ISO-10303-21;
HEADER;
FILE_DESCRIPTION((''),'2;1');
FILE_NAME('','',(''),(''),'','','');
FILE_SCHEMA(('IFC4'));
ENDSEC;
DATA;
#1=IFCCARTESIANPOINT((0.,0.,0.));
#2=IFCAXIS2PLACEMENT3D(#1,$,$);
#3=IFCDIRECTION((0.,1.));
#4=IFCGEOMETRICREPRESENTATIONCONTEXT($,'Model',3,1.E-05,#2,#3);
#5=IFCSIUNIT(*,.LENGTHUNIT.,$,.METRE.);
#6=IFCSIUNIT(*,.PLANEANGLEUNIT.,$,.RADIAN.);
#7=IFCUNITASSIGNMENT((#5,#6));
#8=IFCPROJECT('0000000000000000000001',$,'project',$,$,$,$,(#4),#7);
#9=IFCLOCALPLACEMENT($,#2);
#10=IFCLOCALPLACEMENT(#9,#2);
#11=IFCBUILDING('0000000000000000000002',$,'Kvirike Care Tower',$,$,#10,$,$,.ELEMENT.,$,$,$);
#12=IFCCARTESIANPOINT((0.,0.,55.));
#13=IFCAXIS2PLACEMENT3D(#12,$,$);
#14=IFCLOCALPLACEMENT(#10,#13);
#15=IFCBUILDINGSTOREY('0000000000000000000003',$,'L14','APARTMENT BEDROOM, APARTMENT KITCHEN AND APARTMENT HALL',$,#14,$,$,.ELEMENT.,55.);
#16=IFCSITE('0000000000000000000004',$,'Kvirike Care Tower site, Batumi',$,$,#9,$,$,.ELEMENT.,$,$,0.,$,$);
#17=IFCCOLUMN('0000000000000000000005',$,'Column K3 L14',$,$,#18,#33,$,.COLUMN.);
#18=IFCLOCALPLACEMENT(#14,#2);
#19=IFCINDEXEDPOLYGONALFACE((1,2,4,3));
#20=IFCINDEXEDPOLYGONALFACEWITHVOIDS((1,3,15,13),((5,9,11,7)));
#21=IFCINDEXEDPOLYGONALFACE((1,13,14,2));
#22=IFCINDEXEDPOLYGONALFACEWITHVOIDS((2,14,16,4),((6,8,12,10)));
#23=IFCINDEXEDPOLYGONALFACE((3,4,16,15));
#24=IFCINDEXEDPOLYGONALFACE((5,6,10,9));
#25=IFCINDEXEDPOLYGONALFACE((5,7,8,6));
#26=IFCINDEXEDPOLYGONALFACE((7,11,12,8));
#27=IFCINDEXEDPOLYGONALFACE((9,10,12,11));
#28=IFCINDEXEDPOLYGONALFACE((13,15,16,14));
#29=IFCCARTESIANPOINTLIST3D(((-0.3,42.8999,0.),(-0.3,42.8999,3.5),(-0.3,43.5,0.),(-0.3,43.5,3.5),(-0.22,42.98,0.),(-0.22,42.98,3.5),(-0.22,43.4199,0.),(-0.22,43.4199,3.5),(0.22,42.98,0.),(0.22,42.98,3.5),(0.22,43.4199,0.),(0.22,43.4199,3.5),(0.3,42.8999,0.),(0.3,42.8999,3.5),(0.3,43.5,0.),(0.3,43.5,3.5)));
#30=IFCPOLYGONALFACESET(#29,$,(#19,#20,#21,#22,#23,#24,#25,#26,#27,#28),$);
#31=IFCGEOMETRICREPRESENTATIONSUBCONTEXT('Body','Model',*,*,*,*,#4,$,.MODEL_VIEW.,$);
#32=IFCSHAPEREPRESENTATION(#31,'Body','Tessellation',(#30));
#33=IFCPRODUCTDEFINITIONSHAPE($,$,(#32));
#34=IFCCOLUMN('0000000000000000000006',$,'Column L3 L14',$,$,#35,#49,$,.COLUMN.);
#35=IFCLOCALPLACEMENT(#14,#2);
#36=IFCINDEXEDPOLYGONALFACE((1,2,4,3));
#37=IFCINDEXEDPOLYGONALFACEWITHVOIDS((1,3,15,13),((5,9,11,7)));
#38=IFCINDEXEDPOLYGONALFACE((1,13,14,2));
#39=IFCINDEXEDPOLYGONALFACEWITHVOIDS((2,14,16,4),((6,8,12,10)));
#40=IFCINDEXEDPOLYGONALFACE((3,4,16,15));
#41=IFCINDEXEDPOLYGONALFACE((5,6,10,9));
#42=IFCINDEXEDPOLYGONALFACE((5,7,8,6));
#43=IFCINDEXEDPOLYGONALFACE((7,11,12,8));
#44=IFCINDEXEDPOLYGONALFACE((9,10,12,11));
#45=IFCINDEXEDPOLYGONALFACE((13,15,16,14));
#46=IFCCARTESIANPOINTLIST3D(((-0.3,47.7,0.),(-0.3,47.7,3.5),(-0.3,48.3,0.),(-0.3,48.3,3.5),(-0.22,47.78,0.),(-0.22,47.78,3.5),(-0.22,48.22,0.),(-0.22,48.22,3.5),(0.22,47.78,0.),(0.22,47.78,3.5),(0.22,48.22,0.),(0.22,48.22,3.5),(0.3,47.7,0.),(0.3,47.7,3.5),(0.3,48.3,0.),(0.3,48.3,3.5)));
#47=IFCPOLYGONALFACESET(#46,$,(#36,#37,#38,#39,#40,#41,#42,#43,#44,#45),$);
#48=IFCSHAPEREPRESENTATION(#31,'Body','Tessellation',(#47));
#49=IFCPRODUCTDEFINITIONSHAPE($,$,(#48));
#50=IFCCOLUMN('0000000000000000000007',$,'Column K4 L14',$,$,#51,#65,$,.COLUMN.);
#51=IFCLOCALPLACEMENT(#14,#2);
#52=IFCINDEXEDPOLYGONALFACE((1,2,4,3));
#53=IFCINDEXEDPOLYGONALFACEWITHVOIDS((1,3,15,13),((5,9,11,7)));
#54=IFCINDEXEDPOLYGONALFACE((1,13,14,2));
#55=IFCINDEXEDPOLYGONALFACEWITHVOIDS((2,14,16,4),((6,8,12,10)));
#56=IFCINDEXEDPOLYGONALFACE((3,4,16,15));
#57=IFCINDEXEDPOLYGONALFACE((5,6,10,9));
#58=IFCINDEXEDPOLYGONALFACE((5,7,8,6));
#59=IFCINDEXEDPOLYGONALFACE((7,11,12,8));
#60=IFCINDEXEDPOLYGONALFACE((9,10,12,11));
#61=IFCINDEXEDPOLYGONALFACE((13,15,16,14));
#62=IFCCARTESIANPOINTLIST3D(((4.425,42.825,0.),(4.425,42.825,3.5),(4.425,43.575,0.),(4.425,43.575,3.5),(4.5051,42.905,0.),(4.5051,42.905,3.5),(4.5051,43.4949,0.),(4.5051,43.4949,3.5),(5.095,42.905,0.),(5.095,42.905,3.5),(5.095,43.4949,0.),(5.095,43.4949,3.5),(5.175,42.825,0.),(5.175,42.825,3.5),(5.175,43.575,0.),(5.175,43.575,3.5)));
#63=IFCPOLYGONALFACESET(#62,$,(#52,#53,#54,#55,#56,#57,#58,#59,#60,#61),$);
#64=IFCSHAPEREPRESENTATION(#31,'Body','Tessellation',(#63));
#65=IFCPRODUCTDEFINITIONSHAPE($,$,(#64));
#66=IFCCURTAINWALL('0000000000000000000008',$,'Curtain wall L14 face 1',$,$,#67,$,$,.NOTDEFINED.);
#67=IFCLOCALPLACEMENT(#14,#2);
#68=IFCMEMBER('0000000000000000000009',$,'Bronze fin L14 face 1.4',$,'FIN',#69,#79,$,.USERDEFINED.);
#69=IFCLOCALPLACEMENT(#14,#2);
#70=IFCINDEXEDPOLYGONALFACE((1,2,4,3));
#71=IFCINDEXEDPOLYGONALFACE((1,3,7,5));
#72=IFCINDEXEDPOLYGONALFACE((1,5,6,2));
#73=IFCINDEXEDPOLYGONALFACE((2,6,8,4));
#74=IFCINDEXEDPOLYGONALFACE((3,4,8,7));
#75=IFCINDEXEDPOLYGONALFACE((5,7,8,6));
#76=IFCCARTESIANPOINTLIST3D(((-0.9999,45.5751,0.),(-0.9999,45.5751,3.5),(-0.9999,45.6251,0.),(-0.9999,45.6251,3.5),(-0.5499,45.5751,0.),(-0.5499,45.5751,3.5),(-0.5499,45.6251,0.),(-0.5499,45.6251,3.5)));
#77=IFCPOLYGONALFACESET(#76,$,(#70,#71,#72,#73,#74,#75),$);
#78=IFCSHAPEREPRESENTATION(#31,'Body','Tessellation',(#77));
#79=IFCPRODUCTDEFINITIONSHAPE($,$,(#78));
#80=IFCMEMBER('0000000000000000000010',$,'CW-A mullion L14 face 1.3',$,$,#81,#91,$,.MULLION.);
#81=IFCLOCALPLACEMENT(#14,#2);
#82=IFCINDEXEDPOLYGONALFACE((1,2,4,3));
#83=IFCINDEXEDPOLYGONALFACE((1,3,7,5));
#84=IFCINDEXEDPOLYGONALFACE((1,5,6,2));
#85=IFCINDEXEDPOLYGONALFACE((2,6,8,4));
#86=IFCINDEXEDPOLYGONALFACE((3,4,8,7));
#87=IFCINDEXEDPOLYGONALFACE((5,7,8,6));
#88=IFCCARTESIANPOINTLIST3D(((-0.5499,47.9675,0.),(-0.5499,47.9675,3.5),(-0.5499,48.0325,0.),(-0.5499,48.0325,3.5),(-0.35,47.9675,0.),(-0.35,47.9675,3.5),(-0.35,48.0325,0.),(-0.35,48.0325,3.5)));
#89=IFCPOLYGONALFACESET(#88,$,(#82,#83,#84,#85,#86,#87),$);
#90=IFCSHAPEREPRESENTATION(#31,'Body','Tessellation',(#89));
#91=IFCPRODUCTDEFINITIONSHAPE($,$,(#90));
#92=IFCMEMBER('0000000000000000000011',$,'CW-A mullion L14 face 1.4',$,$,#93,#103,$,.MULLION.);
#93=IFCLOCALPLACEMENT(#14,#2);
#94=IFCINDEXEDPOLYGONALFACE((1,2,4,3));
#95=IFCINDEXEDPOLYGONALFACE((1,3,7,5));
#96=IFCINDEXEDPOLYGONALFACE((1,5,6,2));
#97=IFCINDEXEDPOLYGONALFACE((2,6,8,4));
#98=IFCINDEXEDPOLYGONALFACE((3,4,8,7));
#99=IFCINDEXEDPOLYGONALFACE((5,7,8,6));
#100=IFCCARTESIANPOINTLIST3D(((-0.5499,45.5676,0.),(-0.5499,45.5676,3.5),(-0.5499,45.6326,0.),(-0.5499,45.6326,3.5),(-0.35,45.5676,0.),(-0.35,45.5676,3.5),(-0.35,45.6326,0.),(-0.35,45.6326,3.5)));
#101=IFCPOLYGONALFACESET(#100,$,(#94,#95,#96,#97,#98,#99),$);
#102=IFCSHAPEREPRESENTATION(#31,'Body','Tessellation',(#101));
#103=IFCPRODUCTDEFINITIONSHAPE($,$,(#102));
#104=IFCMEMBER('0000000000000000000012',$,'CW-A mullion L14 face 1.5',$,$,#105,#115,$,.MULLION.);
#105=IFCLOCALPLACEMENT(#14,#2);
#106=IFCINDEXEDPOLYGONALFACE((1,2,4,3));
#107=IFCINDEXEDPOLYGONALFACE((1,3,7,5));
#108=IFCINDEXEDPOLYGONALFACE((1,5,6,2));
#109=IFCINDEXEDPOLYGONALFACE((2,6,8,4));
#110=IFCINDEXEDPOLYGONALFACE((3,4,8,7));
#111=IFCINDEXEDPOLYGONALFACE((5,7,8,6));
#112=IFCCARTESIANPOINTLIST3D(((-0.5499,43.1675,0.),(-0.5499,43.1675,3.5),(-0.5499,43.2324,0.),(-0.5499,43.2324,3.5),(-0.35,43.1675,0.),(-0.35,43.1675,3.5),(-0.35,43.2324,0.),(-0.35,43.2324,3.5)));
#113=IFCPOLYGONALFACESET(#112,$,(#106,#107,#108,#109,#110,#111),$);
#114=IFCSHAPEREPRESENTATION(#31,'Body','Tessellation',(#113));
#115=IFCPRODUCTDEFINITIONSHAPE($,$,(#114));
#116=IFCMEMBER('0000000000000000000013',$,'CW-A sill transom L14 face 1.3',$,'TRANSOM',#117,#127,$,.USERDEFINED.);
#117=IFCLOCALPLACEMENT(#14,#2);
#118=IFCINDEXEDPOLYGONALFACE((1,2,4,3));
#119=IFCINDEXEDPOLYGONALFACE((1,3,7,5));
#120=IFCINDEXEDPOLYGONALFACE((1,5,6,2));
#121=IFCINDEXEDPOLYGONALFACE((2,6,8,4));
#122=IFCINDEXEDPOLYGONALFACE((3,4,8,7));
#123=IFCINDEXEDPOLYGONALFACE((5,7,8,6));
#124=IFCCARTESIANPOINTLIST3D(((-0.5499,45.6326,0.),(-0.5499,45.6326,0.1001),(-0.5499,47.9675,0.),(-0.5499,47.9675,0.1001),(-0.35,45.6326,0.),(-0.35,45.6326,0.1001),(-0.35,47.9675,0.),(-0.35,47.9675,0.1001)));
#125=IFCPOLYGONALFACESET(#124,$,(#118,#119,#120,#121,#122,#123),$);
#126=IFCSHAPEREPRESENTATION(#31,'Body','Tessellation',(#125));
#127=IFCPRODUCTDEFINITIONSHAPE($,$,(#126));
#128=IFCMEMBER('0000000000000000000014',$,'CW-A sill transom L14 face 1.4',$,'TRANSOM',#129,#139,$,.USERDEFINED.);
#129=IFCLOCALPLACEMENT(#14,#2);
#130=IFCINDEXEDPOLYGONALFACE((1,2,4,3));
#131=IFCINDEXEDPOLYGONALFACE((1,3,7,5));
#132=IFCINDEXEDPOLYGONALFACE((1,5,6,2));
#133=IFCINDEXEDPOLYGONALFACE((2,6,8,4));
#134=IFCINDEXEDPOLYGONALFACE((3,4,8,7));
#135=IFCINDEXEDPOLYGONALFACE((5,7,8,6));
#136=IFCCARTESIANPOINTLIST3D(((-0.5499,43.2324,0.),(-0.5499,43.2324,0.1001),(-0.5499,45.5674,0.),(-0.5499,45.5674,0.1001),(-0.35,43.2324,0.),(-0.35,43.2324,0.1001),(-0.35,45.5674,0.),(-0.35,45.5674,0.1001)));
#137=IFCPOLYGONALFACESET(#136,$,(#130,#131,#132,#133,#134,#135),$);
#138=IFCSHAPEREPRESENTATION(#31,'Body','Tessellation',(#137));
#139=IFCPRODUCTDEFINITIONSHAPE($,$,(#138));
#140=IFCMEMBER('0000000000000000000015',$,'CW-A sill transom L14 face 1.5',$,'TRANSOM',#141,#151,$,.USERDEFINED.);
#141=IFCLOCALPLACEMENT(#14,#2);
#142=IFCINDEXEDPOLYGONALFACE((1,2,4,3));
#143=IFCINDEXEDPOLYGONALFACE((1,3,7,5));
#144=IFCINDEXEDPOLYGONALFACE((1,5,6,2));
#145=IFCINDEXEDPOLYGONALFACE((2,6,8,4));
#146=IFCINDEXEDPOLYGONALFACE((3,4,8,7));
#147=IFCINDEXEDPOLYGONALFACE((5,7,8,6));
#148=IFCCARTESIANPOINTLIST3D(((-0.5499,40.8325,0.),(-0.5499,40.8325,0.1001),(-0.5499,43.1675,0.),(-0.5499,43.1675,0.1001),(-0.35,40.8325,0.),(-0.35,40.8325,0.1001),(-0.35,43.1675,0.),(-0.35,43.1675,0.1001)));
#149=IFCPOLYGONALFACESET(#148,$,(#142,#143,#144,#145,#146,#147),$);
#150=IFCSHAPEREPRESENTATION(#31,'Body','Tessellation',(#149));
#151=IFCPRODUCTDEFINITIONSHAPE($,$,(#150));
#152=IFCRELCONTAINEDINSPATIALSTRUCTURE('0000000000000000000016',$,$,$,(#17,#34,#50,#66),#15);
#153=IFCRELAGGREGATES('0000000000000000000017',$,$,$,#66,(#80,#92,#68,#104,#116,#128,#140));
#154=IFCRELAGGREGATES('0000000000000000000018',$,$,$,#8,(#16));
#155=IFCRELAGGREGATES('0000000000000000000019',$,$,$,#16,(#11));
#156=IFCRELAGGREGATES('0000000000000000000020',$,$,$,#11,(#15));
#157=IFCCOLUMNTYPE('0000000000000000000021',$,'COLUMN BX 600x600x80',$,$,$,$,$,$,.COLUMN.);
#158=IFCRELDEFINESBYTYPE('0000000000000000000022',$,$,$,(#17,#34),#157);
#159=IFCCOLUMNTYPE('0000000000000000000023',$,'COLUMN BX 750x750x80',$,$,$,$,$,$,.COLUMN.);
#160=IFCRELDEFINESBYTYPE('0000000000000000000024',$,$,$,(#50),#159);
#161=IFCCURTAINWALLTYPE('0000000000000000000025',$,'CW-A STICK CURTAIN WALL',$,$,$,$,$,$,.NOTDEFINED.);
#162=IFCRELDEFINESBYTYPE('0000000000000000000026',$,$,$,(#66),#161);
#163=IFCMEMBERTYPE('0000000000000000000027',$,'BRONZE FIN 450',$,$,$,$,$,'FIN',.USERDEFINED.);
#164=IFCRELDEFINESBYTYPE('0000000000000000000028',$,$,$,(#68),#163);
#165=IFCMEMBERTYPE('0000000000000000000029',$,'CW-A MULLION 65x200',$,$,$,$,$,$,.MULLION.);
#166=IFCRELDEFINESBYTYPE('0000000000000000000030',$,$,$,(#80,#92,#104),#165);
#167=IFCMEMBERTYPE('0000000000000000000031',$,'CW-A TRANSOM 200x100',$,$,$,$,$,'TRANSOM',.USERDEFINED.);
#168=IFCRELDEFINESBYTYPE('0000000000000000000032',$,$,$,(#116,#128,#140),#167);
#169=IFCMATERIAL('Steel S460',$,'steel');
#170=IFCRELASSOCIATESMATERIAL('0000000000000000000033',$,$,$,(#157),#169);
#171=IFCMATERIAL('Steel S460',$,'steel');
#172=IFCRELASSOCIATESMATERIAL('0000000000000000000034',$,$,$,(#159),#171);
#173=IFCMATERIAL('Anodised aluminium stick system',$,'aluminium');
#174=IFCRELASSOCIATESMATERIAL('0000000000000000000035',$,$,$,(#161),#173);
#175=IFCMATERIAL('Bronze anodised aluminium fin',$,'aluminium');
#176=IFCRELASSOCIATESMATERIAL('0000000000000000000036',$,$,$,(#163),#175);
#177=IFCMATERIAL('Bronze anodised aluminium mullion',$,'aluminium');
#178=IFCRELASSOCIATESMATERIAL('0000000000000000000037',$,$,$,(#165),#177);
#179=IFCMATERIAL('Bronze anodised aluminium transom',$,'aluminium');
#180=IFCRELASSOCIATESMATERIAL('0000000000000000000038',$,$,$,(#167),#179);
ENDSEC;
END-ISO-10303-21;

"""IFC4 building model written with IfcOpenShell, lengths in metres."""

from ifc_helpers import new_model, si_unit, direction, frame, origin, origin_2d, place, context, subcontext, project, spatial, rectangle, hollow_rectangle, extrude, material, material_profile, profile_set, type_object, element, aggregate, save


model = new_model("IFC4")

# Units and contexts
model_context = context("Model", 3, precision=1e-05, world=origin(), true_north=direction((0.0, 1.0)))
body_context = subcontext(model_context, "Body", "Model", "MODEL_VIEW")
ifc_project = project(units=[si_unit("LENGTHUNIT", "METRE"), si_unit("PLANEANGLEUNIT", "RADIAN")], contexts=[model_context])

# Site, building, storey
site_placement = place(None, origin())
site = spatial("IfcSite", under=ifc_project, at=site_placement, Name="Kvirike Care Tower site, Batumi", CompositionType="ELEMENT", RefElevation=0.0)
building_placement = place(site_placement, origin())
building = spatial("IfcBuilding", under=site, at=building_placement, Name="Kvirike Care Tower", CompositionType="ELEMENT")
storey_placement = place(building_placement, frame((0.0, 0.0, 55.0)))
storey = spatial("IfcBuildingStorey", under=building, at=storey_placement, Name="L14", Description="APARTMENT BEDROOM, APARTMENT KITCHEN AND APARTMENT HALL", CompositionType="ELEMENT", Elevation=55.0)

# Columns
ifc_material_1 = material(Name="Steel S460", Category="steel")
ifc_material_profile_1 = material_profile(ifc_material_1, hollow_rectangle(XDim=0.6001, YDim=0.6001, WallThickness=0.0801, at=origin_2d()), Name="BX 600x600x80")
ifc_profile_set_1 = profile_set([ifc_material_profile_1], Name="Steel S460")
column_type_1 = type_object("IfcColumnType", Name="COLUMN BX 600x600x80", PredefinedType="COLUMN", material=ifc_profile_set_1)
for number, where, z_axis, x_axis, name in (
    (1, (0.0, 43.2, 0.0), (0.0, 0.0, 1.0), (0.0, 1.0, 0.0), "Column K3 L14"),
    (2, (0.0, 48.0, 0.0), (0.0, 0.0, 1.0), (1.0, 0.0, 0.0), "Column L3 L14"),
):
    element("IfcColumn", number, at=place(storey_placement, frame(where, z_axis=z_axis, x_axis=x_axis)), inside=storey, type_object=column_type_1, Name=name, PredefinedType="COLUMN", context=body_context, shape_type="SweptSolid", body=[
        extrude(hollow_rectangle(XDim=0.6001, YDim=0.6001, WallThickness=0.0801, at=origin_2d()), origin(), (0.0, 0.0, 1.0), 3.5),
    ])
ifc_material_2 = material(Name="Steel S460", Category="steel")
ifc_material_profile_2 = material_profile(ifc_material_2, hollow_rectangle(XDim=0.75, YDim=0.75, WallThickness=0.0801, at=origin_2d()), Name="BX 750x750x80")
ifc_profile_set_2 = profile_set([ifc_material_profile_2], Name="Steel S460")
column_type_2 = type_object("IfcColumnType", Name="COLUMN BX 750x750x80", PredefinedType="COLUMN", material=ifc_profile_set_2)
column_placement = place(storey_placement, frame((4.8, 43.2, 0.0), z_axis=(0.0, 0.0, 1.0), x_axis=(0.0, 1.0, 0.0)))
element("IfcColumn", 3, at=column_placement, inside=storey, type_object=column_type_2, Name="Column K4 L14", PredefinedType="COLUMN", context=body_context, shape_type="SweptSolid", body=[
    extrude(hollow_rectangle(XDim=0.75, YDim=0.75, WallThickness=0.0801, at=origin_2d()), origin(), (0.0, 0.0, 1.0), 3.5),
])

# Curtain wall, members
ifc_material_3 = material(Name="Anodised aluminium stick system", Category="aluminium")
curtain_wall_type = type_object("IfcCurtainWallType", Name="CW-A STICK CURTAIN WALL", PredefinedType="NOTDEFINED", material=ifc_material_3)
curtain_wall_placement = place(storey_placement, origin())
curtain_wall = element("IfcCurtainWall", 4, at=curtain_wall_placement, inside=storey, type_object=curtain_wall_type, Name="Curtain wall L14 face 1", PredefinedType="NOTDEFINED")
ifc_material_4 = material(Name="Bronze anodised aluminium fin", Category="aluminium")
ifc_material_profile_3 = material_profile(ifc_material_4, rectangle(XDim=0.05, YDim=0.45, at=origin_2d()), Name="BRONZE FIN 450")
ifc_profile_set_3 = profile_set([ifc_material_profile_3], Name="Bronze anodised aluminium fin")
member_type_1 = type_object("IfcMemberType", Name="BRONZE FIN 450", ElementType="FIN", PredefinedType="USERDEFINED", material=ifc_profile_set_3)
member_1_placement = place(storey_placement, frame((-0.7749, 45.6001, 0.0), z_axis=(0.0, 0.0, 1.0), x_axis=(0.0, -1.0, 0.0)))
member_1 = element("IfcMember", 5, at=member_1_placement, type_object=member_type_1, Name="Bronze fin L14 face 1.4", ObjectType="FIN", PredefinedType="USERDEFINED", context=body_context, shape_type="SweptSolid", body=[
    extrude(rectangle(XDim=0.05, YDim=0.45, at=origin_2d()), origin(), (0.0, 0.0, 1.0), 3.5),
])
ifc_material_5 = material(Name="Bronze anodised aluminium mullion", Category="aluminium")
ifc_material_profile_4 = material_profile(ifc_material_5, rectangle(XDim=0.0649, YDim=0.2, at=origin_2d()), Name="CW-A MULLION 65x200")
ifc_profile_set_4 = profile_set([ifc_material_profile_4], Name="Bronze anodised aluminium mullion")
member_type_2 = type_object("IfcMemberType", Name="CW-A MULLION 65x200", PredefinedType="MULLION", material=ifc_profile_set_4)
member_2_placement = place(storey_placement, frame((-0.45, 48.0, 0.0), z_axis=(0.0, 0.0, 1.0), x_axis=(0.0, -1.0, 0.0)))
member_2 = element("IfcMember", 6, at=member_2_placement, type_object=member_type_2, Name="CW-A mullion L14 face 1.3", PredefinedType="MULLION", context=body_context, shape_type="SweptSolid", body=[
    extrude(rectangle(XDim=0.0649, YDim=0.2, at=origin_2d()), origin(), (0.0, 0.0, 1.0), 3.5),
])
member_3_placement = place(storey_placement, frame((-0.45, 45.6001, 0.0), z_axis=(0.0, 0.0, 1.0), x_axis=(0.0, -1.0, 0.0)))
member_3 = element("IfcMember", 7, at=member_3_placement, type_object=member_type_2, Name="CW-A mullion L14 face 1.4", PredefinedType="MULLION", context=body_context, shape_type="SweptSolid", body=[
    extrude(rectangle(XDim=0.0649, YDim=0.2, at=origin_2d()), origin(), (0.0, 0.0, 1.0), 3.5),
])
member_4_placement = place(storey_placement, frame((-0.45, 43.2, 0.0), z_axis=(0.0, 0.0, 1.0), x_axis=(0.0, -1.0, 0.0)))
member_4 = element("IfcMember", 8, at=member_4_placement, type_object=member_type_2, Name="CW-A mullion L14 face 1.5", PredefinedType="MULLION", context=body_context, shape_type="SweptSolid", body=[
    extrude(rectangle(XDim=0.0649, YDim=0.2, at=origin_2d()), origin(), (0.0, 0.0, 1.0), 3.5),
])
ifc_material_6 = material(Name="Bronze anodised aluminium transom", Category="aluminium")
ifc_material_profile_5 = material_profile(ifc_material_6, rectangle(XDim=0.2, YDim=0.1001, at=origin_2d()), Name="CW-A TRANSOM 200x100")
ifc_profile_set_5 = profile_set([ifc_material_profile_5], Name="Bronze anodised aluminium transom")
member_type_3 = type_object("IfcMemberType", Name="CW-A TRANSOM 200x100", ElementType="TRANSOM", PredefinedType="USERDEFINED", material=ifc_profile_set_5)
member_5_placement = place(storey_placement, frame((-0.45, 47.9675, 0.05), z_axis=(0.0, -1.0, 0.0), x_axis=(1.0, 0.0, 0.0)))
member_5 = element("IfcMember", 9, at=member_5_placement, type_object=member_type_3, Name="CW-A sill transom L14 face 1.3", ObjectType="TRANSOM", PredefinedType="USERDEFINED", context=body_context, shape_type="SweptSolid", body=[
    extrude(rectangle(XDim=0.2, YDim=0.1001, at=origin_2d()), origin(), (0.0, 0.0, 1.0), 2.335),
])
member_6_placement = place(storey_placement, frame((-0.45, 45.5674, 0.05), z_axis=(0.0, -1.0, 0.0), x_axis=(1.0, 0.0, 0.0)))
member_6 = element("IfcMember", 10, at=member_6_placement, type_object=member_type_3, Name="CW-A sill transom L14 face 1.4", ObjectType="TRANSOM", PredefinedType="USERDEFINED", context=body_context, shape_type="SweptSolid", body=[
    extrude(rectangle(XDim=0.2, YDim=0.1001, at=origin_2d()), origin(), (0.0, 0.0, 1.0), 2.335),
])
member_7_placement = place(storey_placement, frame((-0.45, 43.1675, 0.05), z_axis=(0.0, -1.0, 0.0), x_axis=(1.0, 0.0, 0.0)))
member_7 = element("IfcMember", 11, at=member_7_placement, type_object=member_type_3, Name="CW-A sill transom L14 face 1.5", ObjectType="TRANSOM", PredefinedType="USERDEFINED", context=body_context, shape_type="SweptSolid", body=[
    extrude(rectangle(XDim=0.2, YDim=0.1001, at=origin_2d()), origin(), (0.0, 0.0, 1.0), 2.335),
])

aggregate(curtain_wall, [member_2, member_3, member_1, member_4, member_5, member_6, member_7])

save(model, "model.ifc")
